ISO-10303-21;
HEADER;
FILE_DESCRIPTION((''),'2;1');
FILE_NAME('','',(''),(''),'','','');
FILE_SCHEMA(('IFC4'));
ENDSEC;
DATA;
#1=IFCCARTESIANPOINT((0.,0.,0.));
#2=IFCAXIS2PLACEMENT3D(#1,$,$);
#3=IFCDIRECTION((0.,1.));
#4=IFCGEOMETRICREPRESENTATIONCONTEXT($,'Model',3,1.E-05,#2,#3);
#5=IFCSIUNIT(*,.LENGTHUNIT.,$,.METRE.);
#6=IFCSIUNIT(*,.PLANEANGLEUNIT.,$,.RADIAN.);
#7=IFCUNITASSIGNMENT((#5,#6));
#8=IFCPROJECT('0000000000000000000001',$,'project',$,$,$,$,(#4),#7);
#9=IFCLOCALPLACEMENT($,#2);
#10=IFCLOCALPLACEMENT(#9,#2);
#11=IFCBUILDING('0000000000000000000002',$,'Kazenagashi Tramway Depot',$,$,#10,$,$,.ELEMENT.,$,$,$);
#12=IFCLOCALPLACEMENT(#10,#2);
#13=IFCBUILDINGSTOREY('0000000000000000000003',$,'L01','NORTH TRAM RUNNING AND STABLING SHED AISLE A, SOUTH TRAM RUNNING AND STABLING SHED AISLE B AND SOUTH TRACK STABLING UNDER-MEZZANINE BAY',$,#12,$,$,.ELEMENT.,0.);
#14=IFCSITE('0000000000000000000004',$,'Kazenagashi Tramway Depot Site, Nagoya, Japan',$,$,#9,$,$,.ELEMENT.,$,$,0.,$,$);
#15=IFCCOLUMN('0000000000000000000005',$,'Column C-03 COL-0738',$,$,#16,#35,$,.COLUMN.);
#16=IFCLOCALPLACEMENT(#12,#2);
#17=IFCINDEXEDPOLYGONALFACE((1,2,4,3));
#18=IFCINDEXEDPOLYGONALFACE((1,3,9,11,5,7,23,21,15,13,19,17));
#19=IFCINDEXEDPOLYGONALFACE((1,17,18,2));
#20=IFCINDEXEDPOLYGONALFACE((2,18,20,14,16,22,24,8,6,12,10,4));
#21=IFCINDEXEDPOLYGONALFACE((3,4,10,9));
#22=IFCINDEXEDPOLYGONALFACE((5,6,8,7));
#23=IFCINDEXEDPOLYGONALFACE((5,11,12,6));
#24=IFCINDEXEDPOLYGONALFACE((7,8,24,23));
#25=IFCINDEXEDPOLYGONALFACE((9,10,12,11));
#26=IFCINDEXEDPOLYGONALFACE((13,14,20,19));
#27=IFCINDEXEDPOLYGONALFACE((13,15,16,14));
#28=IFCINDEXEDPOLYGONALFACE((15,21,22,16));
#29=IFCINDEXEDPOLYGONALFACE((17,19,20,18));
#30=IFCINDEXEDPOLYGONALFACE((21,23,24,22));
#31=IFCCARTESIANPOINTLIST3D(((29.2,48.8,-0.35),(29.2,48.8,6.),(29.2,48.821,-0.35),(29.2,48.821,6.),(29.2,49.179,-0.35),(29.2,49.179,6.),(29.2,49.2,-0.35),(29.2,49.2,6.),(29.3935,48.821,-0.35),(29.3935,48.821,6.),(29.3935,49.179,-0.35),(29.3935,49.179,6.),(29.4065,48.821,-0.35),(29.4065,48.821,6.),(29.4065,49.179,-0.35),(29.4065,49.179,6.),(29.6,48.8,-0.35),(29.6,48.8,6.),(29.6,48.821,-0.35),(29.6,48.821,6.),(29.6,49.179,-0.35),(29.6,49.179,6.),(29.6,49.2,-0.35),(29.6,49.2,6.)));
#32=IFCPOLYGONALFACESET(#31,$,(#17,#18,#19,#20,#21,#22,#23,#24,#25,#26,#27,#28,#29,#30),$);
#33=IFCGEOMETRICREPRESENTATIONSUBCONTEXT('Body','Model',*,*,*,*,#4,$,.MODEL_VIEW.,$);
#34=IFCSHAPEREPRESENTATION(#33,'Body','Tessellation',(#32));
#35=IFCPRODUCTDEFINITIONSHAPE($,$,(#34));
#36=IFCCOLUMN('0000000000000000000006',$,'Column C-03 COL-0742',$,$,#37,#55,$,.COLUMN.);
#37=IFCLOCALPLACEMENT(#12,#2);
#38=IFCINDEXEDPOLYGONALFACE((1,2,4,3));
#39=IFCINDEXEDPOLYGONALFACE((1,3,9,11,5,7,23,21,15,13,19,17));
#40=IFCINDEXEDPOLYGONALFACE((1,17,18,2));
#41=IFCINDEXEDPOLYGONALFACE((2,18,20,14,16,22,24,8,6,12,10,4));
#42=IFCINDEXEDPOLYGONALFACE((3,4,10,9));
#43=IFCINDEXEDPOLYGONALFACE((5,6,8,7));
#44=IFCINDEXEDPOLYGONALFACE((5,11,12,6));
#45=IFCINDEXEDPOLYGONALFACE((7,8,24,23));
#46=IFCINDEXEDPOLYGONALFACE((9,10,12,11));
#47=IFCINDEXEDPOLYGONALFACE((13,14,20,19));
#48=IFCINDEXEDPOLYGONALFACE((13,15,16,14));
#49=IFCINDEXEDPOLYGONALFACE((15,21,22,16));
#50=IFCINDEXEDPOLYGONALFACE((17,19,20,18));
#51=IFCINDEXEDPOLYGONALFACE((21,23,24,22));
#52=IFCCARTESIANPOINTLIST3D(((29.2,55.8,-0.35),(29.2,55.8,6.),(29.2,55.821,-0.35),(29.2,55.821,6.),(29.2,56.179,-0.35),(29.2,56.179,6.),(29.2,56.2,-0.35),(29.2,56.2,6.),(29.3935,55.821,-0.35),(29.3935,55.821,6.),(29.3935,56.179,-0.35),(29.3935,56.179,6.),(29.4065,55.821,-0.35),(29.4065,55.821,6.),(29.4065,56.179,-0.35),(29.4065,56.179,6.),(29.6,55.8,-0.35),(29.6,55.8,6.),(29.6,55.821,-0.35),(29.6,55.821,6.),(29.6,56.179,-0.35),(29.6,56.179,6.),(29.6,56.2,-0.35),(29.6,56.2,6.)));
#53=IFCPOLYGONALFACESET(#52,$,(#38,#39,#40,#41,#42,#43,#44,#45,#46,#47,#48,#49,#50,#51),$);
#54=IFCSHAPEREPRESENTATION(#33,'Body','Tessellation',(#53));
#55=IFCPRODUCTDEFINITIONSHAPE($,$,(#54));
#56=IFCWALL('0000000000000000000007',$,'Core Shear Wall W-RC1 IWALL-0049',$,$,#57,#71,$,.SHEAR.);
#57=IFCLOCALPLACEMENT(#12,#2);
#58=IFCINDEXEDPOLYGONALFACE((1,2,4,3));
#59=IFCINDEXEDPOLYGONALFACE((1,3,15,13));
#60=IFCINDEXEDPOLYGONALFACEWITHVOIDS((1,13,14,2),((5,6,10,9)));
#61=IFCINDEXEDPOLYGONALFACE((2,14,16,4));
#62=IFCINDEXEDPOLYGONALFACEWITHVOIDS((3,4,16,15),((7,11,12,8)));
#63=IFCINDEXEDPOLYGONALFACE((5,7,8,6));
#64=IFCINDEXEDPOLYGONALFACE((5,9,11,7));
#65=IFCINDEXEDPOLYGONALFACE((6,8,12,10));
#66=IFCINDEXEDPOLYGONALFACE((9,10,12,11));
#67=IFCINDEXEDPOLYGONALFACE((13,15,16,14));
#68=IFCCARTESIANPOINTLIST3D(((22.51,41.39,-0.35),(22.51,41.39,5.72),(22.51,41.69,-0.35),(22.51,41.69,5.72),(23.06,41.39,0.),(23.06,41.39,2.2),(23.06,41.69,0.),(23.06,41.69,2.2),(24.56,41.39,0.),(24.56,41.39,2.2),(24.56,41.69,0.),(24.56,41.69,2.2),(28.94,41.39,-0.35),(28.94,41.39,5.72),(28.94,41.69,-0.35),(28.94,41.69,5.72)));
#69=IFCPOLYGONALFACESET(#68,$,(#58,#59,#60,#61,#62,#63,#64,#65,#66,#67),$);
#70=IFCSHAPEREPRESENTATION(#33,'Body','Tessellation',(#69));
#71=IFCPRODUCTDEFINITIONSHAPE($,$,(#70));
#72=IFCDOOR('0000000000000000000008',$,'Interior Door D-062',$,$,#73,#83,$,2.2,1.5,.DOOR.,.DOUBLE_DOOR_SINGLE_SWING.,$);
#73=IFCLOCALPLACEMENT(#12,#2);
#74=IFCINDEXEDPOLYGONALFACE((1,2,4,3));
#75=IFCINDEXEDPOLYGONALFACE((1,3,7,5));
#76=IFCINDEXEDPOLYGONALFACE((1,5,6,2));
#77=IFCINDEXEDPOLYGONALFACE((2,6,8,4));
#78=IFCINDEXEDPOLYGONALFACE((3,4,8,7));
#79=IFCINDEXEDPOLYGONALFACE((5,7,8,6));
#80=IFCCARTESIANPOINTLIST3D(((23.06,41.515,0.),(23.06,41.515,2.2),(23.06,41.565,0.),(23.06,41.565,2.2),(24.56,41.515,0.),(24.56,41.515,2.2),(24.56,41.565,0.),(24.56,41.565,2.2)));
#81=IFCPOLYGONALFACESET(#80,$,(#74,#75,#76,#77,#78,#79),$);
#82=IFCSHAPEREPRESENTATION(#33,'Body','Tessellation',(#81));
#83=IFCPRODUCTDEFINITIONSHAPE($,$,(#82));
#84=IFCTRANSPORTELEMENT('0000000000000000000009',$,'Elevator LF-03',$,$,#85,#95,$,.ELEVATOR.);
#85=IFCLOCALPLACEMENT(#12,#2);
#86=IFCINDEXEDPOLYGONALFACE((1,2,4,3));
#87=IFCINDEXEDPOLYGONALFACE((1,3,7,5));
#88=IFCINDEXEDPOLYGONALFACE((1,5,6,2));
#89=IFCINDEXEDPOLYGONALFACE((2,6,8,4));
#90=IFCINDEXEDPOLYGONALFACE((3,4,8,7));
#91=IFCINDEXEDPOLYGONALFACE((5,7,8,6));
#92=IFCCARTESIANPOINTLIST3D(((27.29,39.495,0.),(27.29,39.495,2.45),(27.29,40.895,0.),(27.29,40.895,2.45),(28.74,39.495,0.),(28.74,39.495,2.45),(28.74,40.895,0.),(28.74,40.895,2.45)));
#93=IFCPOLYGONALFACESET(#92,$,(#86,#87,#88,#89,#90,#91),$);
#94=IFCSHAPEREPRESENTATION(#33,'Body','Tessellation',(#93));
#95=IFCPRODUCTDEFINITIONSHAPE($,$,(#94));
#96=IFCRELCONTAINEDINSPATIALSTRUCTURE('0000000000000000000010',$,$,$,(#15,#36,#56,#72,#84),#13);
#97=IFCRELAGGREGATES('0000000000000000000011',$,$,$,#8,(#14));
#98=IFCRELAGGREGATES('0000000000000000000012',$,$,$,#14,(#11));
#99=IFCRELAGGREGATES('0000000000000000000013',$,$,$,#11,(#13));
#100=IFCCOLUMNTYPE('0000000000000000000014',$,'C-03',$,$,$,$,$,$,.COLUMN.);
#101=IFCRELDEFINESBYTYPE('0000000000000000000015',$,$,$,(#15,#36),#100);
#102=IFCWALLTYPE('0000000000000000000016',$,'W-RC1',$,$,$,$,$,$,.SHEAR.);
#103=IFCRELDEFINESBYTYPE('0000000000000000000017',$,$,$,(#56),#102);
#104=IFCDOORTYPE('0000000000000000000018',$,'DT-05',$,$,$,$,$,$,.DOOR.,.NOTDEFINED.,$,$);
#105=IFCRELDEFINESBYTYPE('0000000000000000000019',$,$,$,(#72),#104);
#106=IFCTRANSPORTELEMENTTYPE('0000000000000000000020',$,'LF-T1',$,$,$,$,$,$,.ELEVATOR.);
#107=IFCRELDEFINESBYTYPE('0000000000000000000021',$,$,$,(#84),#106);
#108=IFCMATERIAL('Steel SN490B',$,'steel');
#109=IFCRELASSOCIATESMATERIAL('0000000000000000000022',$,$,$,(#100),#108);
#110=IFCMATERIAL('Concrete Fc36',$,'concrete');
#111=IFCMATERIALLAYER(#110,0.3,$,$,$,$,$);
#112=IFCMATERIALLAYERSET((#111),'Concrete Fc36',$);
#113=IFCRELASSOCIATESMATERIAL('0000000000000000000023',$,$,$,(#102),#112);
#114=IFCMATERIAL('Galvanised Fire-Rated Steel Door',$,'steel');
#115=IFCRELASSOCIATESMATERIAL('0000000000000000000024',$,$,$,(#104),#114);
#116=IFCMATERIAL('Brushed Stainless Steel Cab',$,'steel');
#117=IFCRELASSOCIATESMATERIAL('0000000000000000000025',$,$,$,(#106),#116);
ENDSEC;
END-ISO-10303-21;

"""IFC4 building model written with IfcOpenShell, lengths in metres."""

from ifc_helpers import new_model, si_unit, direction, frame, frame_2d, origin, origin_2d, place, context, subcontext, project, spatial, rectangle, i_section, extrude, material, layer, layer_set, material_profile, profile_set, type_object, element, fill, save


model = new_model("IFC4")

# Units and contexts
model_context = context("Model", 3, precision=1e-05, world=origin(), true_north=direction((0.0, 1.0)))
body_context = subcontext(model_context, "Body", "Model", "MODEL_VIEW")
ifc_project = project(units=[si_unit("LENGTHUNIT", "METRE"), si_unit("PLANEANGLEUNIT", "RADIAN")], contexts=[model_context])

# Site, building, storey
site_placement = place(None, origin())
site = spatial("IfcSite", under=ifc_project, at=site_placement, Name="Kazenagashi Tramway Depot Site, Nagoya, Japan", CompositionType="ELEMENT", RefElevation=0.0)
building_placement = place(site_placement, origin())
building = spatial("IfcBuilding", under=site, at=building_placement, Name="Kazenagashi Tramway Depot", CompositionType="ELEMENT")
storey_placement = place(building_placement, origin())
storey = spatial("IfcBuildingStorey", under=building, at=storey_placement, Name="L01", Description="NORTH TRAM RUNNING AND STABLING SHED AISLE A, SOUTH TRAM RUNNING AND STABLING SHED AISLE B AND SOUTH TRACK STABLING UNDER-MEZZANINE BAY", CompositionType="ELEMENT", Elevation=0.0)

# Columns
ifc_material_1 = material(Name="Steel SN490B", Category="steel")
ifc_material_profile_1 = material_profile(ifc_material_1, i_section(OverallWidth=0.4, OverallDepth=0.4, WebThickness=0.013, FlangeThickness=0.021, at=origin_2d()), Name="H-400x400x13x21")
ifc_profile_set_1 = profile_set([ifc_material_profile_1], Name="Steel SN490B")
column_type = type_object("IfcColumnType", Name="C-03", PredefinedType="COLUMN", material=ifc_profile_set_1)
for number, where, z_axis, x_axis, name in (
    (1, (29.4, 49.0, -0.35), (0.0, 0.0, 1.0), (1.0, 0.0, 0.0), "Column C-03 COL-0738"),
    (2, (29.4, 56.0, -0.35), (0.0, 0.0, 1.0), (1.0, 0.0, 0.0), "Column C-03 COL-0742"),
):
    element("IfcColumn", number, at=place(storey_placement, frame(where, z_axis=z_axis, x_axis=x_axis)), inside=storey, type_object=column_type, Name=name, PredefinedType="COLUMN", context=body_context, shape_type="SweptSolid", body=[
        extrude(i_section(OverallWidth=0.4, OverallDepth=0.4, WebThickness=0.013, FlangeThickness=0.021, at=origin_2d()), origin(), (0.0, 0.0, 1.0), 6.35),
    ])

# Wall, opening, door
ifc_material_2 = material(Name="Concrete Fc36", Category="concrete")
ifc_layer = layer(ifc_material_2, 0.3)
ifc_layer_set = layer_set([ifc_layer], Name="Concrete Fc36")
wall_type = type_object("IfcWallType", Name="W-RC1", PredefinedType="SHEAR", material=ifc_layer_set)
wall_placement = place(storey_placement, frame((22.51, 41.54, -0.35), z_axis=(0.0, 0.0, 1.0), x_axis=(1.0, 0.0, 0.0)))
wall = element("IfcWall", 3, at=wall_placement, inside=storey, type_object=wall_type, Name="Core Shear Wall W-RC1 IWALL-0049", PredefinedType="SHEAR", context=body_context, shape_type="SweptSolid", body=[
    extrude(rectangle(XDim=6.43, YDim=0.3, at=frame_2d((3.215, 0.0))), origin(), (0.0, 0.0, 1.0), 6.07),
])
opening_placement = place(wall_placement, frame((0.55, 0.0, 0.35)))
opening = element("IfcOpeningElement", 4, at=opening_placement, cuts=wall, PredefinedType="OPENING", context=body_context, shape_type="SweptSolid", body=[
    extrude(rectangle(XDim=1.5, YDim=2.2, at=frame_2d((0.75, 1.1))), frame((0.0, 0.16, 0.0), z_axis=(0.0, -1.0, 0.0), x_axis=(1.0, 0.0, 0.0)), (0.0, 0.0, 1.0), 0.32),
])
ifc_material_3 = material(Name="Galvanised Fire-Rated Steel Door", Category="steel")
door_type = type_object("IfcDoorType", Name="DT-05", OperationType="NOTDEFINED", PredefinedType="DOOR", material=ifc_material_3)
door_placement = place(opening_placement, origin())
door = element("IfcDoor", 5, at=door_placement, inside=storey, type_object=door_type, Name="Interior Door D-062", OperationType="DOUBLE_DOOR_SINGLE_SWING", OverallHeight=2.2, OverallWidth=1.5, PredefinedType="DOOR", context=body_context, shape_type="SweptSolid", body=[
    extrude(rectangle(XDim=1.5, YDim=2.2, at=frame_2d((0.75, 1.1))), frame((0.0, 0.025, 0.0), z_axis=(0.0, -1.0, 0.0), x_axis=(1.0, 0.0, 0.0)), (0.0, 0.0, 1.0), 0.05),
])
fill(opening, door)

# Transport element
ifc_material_4 = material(Name="Brushed Stainless Steel Cab", Category="steel")
transport_element_type = type_object("IfcTransportElementType", Name="LF-T1", PredefinedType="ELEVATOR", material=ifc_material_4)
transport_element_placement = place(storey_placement, frame((28.015, 40.195, 0.0), z_axis=(0.0, 0.0, 1.0), x_axis=(1.0, 0.0, 0.0)))
element("IfcTransportElement", 6, at=transport_element_placement, inside=storey, type_object=transport_element_type, Name="Elevator LF-03", PredefinedType="ELEVATOR", context=body_context, shape_type="SweptSolid", body=[
    extrude(rectangle(XDim=1.45, YDim=1.4, at=origin_2d()), origin(), (0.0, 0.0, 1.0), 2.45),
])

save(model, "model.ifc")
